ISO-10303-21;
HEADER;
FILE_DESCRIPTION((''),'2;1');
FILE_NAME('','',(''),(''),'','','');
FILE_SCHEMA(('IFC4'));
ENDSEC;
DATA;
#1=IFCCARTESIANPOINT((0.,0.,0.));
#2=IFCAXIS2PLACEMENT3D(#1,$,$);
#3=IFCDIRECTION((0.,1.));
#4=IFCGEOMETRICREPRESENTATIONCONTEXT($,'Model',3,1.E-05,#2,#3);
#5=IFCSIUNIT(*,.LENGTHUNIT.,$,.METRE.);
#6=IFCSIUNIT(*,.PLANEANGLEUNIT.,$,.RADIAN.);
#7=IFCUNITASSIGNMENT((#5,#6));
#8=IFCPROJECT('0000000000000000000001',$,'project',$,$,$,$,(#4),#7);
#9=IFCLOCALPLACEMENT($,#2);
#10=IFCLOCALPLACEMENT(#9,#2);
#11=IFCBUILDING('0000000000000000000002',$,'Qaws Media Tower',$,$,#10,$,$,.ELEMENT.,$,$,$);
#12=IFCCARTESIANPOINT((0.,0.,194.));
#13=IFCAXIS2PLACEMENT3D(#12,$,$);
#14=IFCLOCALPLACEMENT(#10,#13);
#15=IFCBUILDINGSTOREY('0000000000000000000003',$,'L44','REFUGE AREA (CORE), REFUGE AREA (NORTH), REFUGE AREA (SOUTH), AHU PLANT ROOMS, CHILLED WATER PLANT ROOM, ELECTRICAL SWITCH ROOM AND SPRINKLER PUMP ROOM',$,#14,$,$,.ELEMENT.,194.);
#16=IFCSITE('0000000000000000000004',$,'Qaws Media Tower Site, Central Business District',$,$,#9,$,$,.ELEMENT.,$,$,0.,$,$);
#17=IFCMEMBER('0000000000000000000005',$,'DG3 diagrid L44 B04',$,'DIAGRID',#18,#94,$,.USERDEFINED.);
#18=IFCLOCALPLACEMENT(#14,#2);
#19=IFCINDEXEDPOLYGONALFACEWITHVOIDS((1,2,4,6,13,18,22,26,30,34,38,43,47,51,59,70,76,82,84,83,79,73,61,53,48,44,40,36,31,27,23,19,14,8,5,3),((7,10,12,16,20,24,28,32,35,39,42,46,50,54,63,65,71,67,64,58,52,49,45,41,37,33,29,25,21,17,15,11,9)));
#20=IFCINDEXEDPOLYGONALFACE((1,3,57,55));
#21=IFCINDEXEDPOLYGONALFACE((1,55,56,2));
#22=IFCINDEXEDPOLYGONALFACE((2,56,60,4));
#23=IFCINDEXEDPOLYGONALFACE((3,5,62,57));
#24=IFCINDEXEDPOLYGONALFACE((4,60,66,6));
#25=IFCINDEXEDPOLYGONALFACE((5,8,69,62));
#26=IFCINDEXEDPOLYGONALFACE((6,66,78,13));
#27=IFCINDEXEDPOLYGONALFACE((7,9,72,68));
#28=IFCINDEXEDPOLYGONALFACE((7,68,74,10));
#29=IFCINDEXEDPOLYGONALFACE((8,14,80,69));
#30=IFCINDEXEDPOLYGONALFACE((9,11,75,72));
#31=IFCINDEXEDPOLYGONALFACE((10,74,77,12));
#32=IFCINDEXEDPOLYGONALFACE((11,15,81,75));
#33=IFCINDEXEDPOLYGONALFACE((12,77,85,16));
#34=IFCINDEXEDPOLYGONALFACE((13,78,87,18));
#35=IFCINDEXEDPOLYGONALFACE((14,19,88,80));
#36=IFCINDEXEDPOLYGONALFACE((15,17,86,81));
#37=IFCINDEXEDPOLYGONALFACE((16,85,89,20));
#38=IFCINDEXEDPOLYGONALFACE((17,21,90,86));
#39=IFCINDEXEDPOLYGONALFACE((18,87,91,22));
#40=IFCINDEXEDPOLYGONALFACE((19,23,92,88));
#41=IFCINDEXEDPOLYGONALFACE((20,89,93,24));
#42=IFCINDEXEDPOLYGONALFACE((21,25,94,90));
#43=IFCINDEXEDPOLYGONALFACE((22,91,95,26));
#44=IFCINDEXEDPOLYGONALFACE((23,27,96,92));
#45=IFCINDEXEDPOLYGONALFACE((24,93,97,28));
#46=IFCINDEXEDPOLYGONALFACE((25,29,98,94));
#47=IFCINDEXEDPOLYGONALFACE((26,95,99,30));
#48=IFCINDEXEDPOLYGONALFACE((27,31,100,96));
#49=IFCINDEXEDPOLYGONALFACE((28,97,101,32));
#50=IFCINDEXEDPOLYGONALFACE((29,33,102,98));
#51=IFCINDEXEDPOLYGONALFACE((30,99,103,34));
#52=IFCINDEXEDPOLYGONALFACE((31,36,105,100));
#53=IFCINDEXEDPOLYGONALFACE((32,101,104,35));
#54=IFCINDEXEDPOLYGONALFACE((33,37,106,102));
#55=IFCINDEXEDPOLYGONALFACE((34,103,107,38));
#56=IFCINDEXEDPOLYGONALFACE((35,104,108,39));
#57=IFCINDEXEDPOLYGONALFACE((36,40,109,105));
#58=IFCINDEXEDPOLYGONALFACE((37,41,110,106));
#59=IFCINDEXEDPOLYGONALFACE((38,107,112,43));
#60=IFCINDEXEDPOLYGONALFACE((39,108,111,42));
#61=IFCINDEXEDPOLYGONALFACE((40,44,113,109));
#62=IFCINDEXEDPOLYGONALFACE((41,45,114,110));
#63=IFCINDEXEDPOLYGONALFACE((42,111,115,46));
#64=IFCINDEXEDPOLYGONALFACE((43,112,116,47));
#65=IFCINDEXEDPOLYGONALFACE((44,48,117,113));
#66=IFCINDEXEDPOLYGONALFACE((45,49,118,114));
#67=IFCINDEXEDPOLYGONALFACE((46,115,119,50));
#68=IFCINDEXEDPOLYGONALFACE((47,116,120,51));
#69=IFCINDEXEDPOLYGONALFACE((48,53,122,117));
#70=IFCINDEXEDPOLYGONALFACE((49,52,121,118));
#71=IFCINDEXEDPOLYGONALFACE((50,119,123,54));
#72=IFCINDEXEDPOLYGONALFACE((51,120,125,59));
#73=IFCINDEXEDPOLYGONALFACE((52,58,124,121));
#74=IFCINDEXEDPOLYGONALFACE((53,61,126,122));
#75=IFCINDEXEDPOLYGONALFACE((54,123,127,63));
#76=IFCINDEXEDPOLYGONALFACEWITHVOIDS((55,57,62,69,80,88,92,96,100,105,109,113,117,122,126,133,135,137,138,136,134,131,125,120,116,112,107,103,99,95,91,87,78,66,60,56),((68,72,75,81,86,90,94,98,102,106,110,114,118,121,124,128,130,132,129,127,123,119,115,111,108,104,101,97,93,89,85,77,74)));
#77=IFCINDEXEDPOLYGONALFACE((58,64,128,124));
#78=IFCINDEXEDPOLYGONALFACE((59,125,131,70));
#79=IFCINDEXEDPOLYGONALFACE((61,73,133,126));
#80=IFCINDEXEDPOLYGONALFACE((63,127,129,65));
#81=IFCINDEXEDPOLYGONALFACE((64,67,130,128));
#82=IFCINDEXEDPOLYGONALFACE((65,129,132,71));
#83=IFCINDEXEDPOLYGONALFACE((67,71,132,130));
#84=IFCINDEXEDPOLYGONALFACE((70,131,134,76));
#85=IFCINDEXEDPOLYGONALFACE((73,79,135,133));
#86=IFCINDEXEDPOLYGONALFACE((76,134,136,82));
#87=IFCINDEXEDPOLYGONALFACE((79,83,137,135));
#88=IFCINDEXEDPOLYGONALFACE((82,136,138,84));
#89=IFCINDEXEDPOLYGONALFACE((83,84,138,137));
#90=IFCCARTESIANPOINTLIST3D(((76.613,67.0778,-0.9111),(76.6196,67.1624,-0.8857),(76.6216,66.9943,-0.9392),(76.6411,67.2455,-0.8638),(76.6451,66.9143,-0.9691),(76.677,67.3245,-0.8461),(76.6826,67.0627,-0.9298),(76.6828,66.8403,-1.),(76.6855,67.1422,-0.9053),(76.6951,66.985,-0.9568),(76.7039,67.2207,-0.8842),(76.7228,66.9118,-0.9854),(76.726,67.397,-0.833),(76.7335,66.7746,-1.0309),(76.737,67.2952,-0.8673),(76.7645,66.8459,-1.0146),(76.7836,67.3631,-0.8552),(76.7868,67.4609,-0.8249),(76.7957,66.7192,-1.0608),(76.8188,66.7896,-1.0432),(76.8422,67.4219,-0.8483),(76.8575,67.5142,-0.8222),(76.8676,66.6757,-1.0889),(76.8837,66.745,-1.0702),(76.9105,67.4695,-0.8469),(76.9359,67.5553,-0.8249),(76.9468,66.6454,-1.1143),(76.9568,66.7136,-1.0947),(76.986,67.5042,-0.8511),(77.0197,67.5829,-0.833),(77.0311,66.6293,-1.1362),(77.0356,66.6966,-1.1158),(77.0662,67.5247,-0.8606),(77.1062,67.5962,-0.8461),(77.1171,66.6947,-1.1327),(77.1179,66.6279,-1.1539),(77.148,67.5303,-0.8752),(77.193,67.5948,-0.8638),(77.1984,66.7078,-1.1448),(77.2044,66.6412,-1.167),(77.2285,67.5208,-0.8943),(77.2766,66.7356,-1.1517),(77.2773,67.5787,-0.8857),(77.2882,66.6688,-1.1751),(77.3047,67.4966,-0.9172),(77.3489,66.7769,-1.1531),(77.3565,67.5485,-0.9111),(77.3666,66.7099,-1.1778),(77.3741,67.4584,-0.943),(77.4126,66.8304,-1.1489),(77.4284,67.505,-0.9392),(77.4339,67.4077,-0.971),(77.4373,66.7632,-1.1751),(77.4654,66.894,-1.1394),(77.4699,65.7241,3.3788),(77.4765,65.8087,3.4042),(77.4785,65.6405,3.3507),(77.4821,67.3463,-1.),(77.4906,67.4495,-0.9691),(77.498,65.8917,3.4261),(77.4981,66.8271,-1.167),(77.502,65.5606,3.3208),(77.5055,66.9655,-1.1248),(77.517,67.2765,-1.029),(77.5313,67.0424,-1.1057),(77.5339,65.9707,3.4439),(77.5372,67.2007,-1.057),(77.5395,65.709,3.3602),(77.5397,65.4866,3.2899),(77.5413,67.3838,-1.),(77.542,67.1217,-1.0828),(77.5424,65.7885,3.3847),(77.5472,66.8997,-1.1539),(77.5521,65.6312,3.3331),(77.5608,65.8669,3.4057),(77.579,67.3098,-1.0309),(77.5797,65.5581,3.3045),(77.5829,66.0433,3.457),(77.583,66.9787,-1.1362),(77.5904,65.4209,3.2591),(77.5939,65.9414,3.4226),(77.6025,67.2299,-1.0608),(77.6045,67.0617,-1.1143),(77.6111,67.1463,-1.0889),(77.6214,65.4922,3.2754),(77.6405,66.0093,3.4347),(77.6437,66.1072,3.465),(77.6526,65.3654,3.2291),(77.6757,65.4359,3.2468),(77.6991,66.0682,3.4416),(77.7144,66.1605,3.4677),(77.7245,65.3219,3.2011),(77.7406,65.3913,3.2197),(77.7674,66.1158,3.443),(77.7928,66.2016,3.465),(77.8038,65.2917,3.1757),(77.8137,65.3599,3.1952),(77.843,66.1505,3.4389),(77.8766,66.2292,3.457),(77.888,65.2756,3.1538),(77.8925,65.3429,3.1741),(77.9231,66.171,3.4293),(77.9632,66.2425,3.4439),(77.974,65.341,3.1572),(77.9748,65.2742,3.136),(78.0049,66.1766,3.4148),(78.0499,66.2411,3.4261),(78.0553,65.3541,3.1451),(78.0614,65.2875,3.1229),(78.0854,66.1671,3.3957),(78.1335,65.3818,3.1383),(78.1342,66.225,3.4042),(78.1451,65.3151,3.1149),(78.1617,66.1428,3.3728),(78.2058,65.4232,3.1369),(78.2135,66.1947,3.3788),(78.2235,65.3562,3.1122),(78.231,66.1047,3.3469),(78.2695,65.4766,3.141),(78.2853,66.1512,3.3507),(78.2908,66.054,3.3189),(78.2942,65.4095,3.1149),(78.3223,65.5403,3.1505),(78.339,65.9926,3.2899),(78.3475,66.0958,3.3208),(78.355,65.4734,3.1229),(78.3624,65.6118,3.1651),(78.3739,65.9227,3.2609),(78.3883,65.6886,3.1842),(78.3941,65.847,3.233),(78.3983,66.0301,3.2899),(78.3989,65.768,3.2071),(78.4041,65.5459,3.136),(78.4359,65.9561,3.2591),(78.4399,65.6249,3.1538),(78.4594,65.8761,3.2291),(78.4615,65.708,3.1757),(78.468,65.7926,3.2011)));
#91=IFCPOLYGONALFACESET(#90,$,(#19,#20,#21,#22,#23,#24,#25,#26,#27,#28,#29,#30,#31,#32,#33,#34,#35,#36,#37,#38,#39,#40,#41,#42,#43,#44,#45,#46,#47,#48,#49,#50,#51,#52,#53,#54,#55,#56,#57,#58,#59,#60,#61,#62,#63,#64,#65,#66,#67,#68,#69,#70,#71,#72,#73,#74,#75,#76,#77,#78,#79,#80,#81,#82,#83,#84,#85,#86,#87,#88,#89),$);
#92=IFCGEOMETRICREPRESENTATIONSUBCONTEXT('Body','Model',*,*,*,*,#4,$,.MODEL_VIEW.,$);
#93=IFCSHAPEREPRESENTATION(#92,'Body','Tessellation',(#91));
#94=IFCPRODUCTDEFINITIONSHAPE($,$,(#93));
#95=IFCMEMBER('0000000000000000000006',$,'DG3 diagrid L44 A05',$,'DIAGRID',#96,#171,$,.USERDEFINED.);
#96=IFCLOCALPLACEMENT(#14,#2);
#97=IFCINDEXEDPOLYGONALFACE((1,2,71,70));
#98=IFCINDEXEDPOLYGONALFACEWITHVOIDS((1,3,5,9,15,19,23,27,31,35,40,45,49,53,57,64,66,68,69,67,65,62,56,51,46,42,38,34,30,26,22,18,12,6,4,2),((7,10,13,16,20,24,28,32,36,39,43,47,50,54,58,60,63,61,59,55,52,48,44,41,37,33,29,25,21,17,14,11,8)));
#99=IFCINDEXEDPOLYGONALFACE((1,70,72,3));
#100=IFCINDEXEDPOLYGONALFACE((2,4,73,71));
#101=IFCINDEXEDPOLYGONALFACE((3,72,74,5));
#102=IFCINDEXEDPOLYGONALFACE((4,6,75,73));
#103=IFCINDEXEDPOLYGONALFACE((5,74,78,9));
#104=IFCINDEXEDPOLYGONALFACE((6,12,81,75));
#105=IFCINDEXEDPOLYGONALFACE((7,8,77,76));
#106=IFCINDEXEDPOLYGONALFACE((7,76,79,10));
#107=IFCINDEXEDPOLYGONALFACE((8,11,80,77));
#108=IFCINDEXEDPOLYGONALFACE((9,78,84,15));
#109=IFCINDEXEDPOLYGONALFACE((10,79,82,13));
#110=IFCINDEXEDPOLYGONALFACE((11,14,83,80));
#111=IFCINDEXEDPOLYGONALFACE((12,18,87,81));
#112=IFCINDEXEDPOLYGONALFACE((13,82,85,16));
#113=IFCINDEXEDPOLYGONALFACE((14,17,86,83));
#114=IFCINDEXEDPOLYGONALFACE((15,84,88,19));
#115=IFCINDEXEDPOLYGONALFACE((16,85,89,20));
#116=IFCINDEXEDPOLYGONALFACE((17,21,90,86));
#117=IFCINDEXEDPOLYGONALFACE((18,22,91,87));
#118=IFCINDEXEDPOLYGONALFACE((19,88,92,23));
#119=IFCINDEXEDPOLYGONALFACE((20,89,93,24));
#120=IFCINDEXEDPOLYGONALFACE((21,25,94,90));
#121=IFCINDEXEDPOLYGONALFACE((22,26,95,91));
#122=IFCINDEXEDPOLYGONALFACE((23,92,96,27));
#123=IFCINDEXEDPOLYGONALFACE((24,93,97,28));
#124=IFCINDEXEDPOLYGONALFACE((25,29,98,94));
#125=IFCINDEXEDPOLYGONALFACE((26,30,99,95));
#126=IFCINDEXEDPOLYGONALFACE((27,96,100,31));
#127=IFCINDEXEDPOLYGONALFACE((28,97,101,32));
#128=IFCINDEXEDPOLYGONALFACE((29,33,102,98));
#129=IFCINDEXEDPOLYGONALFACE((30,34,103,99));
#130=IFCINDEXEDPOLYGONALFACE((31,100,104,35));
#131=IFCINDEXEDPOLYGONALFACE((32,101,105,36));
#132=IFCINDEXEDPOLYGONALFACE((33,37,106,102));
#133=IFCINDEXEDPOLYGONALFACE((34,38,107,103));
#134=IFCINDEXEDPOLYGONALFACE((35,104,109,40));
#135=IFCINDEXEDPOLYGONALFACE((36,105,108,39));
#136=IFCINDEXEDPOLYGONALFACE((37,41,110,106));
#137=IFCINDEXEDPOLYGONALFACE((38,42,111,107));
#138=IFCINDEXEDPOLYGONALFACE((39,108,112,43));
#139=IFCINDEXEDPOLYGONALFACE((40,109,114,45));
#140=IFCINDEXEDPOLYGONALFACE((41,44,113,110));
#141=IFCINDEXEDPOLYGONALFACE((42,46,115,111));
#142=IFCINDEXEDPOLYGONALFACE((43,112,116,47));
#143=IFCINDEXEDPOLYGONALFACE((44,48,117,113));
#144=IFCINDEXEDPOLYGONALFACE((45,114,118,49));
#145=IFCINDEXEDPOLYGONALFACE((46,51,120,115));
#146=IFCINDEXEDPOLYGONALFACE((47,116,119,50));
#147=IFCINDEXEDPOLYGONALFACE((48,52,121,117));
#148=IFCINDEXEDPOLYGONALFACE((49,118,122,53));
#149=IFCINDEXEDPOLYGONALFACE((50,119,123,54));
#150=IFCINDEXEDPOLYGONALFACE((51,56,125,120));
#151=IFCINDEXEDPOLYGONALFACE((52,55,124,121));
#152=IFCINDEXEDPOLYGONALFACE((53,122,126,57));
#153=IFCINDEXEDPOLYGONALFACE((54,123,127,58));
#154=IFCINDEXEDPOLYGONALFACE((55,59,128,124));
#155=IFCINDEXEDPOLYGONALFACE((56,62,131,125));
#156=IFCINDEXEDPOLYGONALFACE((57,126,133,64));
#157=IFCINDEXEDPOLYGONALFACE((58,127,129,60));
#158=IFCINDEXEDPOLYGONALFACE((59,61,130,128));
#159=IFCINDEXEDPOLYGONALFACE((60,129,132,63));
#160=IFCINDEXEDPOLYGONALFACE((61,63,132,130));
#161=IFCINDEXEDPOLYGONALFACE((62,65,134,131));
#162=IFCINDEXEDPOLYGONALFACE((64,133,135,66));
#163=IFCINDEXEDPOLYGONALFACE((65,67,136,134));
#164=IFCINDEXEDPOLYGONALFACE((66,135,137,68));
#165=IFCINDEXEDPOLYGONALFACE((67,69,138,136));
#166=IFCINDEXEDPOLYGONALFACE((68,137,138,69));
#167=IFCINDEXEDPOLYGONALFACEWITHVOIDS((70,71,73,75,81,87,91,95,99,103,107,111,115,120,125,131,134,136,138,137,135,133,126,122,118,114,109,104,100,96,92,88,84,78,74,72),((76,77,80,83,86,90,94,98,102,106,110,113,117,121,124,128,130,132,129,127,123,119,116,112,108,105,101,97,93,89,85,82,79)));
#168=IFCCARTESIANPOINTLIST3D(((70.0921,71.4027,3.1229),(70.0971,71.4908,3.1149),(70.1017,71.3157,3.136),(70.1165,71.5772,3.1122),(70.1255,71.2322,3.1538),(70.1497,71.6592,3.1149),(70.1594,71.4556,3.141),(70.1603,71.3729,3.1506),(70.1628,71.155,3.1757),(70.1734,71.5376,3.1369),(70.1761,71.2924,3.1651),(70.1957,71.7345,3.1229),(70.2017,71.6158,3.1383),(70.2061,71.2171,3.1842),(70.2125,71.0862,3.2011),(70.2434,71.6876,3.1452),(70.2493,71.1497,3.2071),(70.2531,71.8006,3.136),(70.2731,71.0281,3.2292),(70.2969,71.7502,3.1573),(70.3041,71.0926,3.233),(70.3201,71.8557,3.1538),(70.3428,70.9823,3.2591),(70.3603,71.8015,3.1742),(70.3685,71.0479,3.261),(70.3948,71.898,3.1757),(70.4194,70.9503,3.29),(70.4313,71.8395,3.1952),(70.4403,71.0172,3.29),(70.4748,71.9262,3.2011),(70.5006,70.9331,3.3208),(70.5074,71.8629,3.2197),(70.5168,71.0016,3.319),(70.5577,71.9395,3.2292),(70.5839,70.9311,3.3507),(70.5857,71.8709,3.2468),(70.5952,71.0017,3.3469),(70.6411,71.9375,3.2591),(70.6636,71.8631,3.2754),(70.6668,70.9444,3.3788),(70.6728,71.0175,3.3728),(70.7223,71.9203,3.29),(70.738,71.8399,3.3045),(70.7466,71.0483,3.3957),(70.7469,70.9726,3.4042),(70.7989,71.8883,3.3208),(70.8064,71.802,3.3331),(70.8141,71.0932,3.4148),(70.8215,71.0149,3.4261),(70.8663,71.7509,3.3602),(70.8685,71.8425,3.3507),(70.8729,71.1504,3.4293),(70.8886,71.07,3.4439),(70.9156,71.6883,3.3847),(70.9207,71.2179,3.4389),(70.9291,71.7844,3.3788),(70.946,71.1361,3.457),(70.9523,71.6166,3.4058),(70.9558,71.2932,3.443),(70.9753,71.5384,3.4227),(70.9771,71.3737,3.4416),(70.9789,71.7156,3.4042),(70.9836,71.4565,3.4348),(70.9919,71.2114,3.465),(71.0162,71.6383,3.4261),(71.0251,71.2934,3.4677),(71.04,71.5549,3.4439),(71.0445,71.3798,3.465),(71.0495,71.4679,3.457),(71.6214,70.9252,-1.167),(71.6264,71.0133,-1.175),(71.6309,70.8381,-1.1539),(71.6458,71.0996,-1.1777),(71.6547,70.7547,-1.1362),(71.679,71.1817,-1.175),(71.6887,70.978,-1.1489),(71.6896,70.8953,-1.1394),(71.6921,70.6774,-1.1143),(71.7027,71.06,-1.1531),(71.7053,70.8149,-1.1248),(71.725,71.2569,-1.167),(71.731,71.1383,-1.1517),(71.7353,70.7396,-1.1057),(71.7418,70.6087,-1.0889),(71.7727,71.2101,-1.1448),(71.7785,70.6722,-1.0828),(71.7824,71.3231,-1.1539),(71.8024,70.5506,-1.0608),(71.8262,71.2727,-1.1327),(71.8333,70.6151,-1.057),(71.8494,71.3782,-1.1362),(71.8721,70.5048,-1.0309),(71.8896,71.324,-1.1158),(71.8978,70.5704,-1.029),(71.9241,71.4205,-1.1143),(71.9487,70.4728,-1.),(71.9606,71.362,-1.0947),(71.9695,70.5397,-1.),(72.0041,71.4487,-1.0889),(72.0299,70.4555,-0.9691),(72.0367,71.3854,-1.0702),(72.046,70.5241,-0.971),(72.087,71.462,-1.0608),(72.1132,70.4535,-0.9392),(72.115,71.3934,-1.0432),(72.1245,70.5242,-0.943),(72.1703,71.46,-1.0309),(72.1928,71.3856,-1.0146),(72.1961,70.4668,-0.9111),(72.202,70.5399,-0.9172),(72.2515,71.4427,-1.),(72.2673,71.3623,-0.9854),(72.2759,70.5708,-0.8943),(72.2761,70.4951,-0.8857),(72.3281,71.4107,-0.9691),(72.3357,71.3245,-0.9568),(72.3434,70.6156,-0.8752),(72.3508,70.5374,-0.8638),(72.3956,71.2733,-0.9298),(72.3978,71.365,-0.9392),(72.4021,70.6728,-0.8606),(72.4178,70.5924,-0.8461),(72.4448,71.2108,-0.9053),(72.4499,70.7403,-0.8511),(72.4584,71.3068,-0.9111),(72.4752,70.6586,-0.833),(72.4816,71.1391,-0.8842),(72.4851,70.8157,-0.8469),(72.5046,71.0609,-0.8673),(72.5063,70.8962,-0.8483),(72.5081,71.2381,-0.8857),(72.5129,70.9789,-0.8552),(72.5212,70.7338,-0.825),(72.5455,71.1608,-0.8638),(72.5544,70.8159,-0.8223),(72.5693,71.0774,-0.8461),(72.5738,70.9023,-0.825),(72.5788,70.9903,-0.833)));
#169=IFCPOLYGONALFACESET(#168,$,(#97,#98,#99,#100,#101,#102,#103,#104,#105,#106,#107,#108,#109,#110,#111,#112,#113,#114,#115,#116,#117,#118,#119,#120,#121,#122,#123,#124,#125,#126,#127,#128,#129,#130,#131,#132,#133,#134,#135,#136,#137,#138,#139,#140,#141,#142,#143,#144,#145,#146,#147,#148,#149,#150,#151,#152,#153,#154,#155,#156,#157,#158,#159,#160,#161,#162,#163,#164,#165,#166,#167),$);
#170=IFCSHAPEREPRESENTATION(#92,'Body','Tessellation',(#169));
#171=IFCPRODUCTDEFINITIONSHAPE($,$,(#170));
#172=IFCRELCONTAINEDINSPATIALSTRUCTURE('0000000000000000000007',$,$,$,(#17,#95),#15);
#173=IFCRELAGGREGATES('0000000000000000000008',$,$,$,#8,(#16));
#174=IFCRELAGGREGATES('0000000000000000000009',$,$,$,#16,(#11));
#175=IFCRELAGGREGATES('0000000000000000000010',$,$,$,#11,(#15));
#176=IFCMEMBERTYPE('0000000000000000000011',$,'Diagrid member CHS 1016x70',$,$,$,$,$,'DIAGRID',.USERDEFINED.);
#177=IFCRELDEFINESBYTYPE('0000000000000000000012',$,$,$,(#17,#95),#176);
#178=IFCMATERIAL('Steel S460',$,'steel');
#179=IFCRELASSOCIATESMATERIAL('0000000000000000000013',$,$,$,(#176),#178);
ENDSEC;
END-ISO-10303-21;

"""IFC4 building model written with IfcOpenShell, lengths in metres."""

from ifc_helpers import new_model, si_unit, direction, frame, origin, origin_2d, place, context, subcontext, project, spatial, hollow_circle, extrude, material, material_profile, profile_set, type_object, element, save


model = new_model("IFC4")

# Units and contexts
model_context = context("Model", 3, precision=1e-05, world=origin(), true_north=direction((0.0, 1.0)))
body_context = subcontext(model_context, "Body", "Model", "MODEL_VIEW")
ifc_project = project(units=[si_unit("LENGTHUNIT", "METRE"), si_unit("PLANEANGLEUNIT", "RADIAN")], contexts=[model_context])

# Site, building, storey
site_placement = place(None, origin())
site = spatial("IfcSite", under=ifc_project, at=site_placement, Name="Qaws Media Tower Site, Central Business District", CompositionType="ELEMENT", RefElevation=0.0)
building_placement = place(site_placement, origin())
building = spatial("IfcBuilding", under=site, at=building_placement, Name="Qaws Media Tower", CompositionType="ELEMENT")
storey_placement = place(building_placement, frame((0.0, 0.0, 194.0)))
storey = spatial("IfcBuildingStorey", under=building, at=storey_placement, Name="L44", Description="REFUGE AREA (CORE), REFUGE AREA (NORTH), REFUGE AREA (SOUTH), AHU PLANT ROOMS, CHILLED WATER PLANT ROOM, ELECTRICAL SWITCH ROOM AND SPRINKLER PUMP ROOM", CompositionType="ELEMENT", Elevation=194.0)

# Members
ifc_material_1 = material(Name="Steel S460", Category="steel")
ifc_material_profile_1 = material_profile(ifc_material_1, hollow_circle(Radius=0.5081, WallThickness=0.0701, at=origin_2d()), Name="CHS 1016x70")
ifc_profile_set_1 = profile_set([ifc_material_profile_1], Name="Steel S460")
member_type_1 = type_object("IfcMemberType", Name="Diagrid member CHS 1016x70", ElementType="DIAGRID", PredefinedType="USERDEFINED", material=ifc_profile_set_1)
for number, where, z_axis, x_axis, name in (
    (1, (77.1121, 67.1121, -1.0), (0.187126, -0.295616, 0.936801), (0.844945, 0.534853, 0.0), "DG3 diagrid L44 B04"),
    (2, (72.1001, 70.9578, -1.0), (-0.333949, 0.104279, 0.936805), (-0.298067, -0.954545, 0.0), "DG3 diagrid L44 A05"),
):
    element("IfcMember", number, at=place(storey_placement, frame(where, z_axis=z_axis, x_axis=x_axis)), inside=storey, type_object=member_type_1, Name=name, ObjectType="DIAGRID", PredefinedType="USERDEFINED", context=body_context, shape_type="SweptSolid", body=[
        extrude(hollow_circle(Radius=0.5081, WallThickness=0.0701, at=origin_2d()), origin(), (0.0, 0.0, 1.0), 4.5793),
    ])

save(model, "model.ifc")
